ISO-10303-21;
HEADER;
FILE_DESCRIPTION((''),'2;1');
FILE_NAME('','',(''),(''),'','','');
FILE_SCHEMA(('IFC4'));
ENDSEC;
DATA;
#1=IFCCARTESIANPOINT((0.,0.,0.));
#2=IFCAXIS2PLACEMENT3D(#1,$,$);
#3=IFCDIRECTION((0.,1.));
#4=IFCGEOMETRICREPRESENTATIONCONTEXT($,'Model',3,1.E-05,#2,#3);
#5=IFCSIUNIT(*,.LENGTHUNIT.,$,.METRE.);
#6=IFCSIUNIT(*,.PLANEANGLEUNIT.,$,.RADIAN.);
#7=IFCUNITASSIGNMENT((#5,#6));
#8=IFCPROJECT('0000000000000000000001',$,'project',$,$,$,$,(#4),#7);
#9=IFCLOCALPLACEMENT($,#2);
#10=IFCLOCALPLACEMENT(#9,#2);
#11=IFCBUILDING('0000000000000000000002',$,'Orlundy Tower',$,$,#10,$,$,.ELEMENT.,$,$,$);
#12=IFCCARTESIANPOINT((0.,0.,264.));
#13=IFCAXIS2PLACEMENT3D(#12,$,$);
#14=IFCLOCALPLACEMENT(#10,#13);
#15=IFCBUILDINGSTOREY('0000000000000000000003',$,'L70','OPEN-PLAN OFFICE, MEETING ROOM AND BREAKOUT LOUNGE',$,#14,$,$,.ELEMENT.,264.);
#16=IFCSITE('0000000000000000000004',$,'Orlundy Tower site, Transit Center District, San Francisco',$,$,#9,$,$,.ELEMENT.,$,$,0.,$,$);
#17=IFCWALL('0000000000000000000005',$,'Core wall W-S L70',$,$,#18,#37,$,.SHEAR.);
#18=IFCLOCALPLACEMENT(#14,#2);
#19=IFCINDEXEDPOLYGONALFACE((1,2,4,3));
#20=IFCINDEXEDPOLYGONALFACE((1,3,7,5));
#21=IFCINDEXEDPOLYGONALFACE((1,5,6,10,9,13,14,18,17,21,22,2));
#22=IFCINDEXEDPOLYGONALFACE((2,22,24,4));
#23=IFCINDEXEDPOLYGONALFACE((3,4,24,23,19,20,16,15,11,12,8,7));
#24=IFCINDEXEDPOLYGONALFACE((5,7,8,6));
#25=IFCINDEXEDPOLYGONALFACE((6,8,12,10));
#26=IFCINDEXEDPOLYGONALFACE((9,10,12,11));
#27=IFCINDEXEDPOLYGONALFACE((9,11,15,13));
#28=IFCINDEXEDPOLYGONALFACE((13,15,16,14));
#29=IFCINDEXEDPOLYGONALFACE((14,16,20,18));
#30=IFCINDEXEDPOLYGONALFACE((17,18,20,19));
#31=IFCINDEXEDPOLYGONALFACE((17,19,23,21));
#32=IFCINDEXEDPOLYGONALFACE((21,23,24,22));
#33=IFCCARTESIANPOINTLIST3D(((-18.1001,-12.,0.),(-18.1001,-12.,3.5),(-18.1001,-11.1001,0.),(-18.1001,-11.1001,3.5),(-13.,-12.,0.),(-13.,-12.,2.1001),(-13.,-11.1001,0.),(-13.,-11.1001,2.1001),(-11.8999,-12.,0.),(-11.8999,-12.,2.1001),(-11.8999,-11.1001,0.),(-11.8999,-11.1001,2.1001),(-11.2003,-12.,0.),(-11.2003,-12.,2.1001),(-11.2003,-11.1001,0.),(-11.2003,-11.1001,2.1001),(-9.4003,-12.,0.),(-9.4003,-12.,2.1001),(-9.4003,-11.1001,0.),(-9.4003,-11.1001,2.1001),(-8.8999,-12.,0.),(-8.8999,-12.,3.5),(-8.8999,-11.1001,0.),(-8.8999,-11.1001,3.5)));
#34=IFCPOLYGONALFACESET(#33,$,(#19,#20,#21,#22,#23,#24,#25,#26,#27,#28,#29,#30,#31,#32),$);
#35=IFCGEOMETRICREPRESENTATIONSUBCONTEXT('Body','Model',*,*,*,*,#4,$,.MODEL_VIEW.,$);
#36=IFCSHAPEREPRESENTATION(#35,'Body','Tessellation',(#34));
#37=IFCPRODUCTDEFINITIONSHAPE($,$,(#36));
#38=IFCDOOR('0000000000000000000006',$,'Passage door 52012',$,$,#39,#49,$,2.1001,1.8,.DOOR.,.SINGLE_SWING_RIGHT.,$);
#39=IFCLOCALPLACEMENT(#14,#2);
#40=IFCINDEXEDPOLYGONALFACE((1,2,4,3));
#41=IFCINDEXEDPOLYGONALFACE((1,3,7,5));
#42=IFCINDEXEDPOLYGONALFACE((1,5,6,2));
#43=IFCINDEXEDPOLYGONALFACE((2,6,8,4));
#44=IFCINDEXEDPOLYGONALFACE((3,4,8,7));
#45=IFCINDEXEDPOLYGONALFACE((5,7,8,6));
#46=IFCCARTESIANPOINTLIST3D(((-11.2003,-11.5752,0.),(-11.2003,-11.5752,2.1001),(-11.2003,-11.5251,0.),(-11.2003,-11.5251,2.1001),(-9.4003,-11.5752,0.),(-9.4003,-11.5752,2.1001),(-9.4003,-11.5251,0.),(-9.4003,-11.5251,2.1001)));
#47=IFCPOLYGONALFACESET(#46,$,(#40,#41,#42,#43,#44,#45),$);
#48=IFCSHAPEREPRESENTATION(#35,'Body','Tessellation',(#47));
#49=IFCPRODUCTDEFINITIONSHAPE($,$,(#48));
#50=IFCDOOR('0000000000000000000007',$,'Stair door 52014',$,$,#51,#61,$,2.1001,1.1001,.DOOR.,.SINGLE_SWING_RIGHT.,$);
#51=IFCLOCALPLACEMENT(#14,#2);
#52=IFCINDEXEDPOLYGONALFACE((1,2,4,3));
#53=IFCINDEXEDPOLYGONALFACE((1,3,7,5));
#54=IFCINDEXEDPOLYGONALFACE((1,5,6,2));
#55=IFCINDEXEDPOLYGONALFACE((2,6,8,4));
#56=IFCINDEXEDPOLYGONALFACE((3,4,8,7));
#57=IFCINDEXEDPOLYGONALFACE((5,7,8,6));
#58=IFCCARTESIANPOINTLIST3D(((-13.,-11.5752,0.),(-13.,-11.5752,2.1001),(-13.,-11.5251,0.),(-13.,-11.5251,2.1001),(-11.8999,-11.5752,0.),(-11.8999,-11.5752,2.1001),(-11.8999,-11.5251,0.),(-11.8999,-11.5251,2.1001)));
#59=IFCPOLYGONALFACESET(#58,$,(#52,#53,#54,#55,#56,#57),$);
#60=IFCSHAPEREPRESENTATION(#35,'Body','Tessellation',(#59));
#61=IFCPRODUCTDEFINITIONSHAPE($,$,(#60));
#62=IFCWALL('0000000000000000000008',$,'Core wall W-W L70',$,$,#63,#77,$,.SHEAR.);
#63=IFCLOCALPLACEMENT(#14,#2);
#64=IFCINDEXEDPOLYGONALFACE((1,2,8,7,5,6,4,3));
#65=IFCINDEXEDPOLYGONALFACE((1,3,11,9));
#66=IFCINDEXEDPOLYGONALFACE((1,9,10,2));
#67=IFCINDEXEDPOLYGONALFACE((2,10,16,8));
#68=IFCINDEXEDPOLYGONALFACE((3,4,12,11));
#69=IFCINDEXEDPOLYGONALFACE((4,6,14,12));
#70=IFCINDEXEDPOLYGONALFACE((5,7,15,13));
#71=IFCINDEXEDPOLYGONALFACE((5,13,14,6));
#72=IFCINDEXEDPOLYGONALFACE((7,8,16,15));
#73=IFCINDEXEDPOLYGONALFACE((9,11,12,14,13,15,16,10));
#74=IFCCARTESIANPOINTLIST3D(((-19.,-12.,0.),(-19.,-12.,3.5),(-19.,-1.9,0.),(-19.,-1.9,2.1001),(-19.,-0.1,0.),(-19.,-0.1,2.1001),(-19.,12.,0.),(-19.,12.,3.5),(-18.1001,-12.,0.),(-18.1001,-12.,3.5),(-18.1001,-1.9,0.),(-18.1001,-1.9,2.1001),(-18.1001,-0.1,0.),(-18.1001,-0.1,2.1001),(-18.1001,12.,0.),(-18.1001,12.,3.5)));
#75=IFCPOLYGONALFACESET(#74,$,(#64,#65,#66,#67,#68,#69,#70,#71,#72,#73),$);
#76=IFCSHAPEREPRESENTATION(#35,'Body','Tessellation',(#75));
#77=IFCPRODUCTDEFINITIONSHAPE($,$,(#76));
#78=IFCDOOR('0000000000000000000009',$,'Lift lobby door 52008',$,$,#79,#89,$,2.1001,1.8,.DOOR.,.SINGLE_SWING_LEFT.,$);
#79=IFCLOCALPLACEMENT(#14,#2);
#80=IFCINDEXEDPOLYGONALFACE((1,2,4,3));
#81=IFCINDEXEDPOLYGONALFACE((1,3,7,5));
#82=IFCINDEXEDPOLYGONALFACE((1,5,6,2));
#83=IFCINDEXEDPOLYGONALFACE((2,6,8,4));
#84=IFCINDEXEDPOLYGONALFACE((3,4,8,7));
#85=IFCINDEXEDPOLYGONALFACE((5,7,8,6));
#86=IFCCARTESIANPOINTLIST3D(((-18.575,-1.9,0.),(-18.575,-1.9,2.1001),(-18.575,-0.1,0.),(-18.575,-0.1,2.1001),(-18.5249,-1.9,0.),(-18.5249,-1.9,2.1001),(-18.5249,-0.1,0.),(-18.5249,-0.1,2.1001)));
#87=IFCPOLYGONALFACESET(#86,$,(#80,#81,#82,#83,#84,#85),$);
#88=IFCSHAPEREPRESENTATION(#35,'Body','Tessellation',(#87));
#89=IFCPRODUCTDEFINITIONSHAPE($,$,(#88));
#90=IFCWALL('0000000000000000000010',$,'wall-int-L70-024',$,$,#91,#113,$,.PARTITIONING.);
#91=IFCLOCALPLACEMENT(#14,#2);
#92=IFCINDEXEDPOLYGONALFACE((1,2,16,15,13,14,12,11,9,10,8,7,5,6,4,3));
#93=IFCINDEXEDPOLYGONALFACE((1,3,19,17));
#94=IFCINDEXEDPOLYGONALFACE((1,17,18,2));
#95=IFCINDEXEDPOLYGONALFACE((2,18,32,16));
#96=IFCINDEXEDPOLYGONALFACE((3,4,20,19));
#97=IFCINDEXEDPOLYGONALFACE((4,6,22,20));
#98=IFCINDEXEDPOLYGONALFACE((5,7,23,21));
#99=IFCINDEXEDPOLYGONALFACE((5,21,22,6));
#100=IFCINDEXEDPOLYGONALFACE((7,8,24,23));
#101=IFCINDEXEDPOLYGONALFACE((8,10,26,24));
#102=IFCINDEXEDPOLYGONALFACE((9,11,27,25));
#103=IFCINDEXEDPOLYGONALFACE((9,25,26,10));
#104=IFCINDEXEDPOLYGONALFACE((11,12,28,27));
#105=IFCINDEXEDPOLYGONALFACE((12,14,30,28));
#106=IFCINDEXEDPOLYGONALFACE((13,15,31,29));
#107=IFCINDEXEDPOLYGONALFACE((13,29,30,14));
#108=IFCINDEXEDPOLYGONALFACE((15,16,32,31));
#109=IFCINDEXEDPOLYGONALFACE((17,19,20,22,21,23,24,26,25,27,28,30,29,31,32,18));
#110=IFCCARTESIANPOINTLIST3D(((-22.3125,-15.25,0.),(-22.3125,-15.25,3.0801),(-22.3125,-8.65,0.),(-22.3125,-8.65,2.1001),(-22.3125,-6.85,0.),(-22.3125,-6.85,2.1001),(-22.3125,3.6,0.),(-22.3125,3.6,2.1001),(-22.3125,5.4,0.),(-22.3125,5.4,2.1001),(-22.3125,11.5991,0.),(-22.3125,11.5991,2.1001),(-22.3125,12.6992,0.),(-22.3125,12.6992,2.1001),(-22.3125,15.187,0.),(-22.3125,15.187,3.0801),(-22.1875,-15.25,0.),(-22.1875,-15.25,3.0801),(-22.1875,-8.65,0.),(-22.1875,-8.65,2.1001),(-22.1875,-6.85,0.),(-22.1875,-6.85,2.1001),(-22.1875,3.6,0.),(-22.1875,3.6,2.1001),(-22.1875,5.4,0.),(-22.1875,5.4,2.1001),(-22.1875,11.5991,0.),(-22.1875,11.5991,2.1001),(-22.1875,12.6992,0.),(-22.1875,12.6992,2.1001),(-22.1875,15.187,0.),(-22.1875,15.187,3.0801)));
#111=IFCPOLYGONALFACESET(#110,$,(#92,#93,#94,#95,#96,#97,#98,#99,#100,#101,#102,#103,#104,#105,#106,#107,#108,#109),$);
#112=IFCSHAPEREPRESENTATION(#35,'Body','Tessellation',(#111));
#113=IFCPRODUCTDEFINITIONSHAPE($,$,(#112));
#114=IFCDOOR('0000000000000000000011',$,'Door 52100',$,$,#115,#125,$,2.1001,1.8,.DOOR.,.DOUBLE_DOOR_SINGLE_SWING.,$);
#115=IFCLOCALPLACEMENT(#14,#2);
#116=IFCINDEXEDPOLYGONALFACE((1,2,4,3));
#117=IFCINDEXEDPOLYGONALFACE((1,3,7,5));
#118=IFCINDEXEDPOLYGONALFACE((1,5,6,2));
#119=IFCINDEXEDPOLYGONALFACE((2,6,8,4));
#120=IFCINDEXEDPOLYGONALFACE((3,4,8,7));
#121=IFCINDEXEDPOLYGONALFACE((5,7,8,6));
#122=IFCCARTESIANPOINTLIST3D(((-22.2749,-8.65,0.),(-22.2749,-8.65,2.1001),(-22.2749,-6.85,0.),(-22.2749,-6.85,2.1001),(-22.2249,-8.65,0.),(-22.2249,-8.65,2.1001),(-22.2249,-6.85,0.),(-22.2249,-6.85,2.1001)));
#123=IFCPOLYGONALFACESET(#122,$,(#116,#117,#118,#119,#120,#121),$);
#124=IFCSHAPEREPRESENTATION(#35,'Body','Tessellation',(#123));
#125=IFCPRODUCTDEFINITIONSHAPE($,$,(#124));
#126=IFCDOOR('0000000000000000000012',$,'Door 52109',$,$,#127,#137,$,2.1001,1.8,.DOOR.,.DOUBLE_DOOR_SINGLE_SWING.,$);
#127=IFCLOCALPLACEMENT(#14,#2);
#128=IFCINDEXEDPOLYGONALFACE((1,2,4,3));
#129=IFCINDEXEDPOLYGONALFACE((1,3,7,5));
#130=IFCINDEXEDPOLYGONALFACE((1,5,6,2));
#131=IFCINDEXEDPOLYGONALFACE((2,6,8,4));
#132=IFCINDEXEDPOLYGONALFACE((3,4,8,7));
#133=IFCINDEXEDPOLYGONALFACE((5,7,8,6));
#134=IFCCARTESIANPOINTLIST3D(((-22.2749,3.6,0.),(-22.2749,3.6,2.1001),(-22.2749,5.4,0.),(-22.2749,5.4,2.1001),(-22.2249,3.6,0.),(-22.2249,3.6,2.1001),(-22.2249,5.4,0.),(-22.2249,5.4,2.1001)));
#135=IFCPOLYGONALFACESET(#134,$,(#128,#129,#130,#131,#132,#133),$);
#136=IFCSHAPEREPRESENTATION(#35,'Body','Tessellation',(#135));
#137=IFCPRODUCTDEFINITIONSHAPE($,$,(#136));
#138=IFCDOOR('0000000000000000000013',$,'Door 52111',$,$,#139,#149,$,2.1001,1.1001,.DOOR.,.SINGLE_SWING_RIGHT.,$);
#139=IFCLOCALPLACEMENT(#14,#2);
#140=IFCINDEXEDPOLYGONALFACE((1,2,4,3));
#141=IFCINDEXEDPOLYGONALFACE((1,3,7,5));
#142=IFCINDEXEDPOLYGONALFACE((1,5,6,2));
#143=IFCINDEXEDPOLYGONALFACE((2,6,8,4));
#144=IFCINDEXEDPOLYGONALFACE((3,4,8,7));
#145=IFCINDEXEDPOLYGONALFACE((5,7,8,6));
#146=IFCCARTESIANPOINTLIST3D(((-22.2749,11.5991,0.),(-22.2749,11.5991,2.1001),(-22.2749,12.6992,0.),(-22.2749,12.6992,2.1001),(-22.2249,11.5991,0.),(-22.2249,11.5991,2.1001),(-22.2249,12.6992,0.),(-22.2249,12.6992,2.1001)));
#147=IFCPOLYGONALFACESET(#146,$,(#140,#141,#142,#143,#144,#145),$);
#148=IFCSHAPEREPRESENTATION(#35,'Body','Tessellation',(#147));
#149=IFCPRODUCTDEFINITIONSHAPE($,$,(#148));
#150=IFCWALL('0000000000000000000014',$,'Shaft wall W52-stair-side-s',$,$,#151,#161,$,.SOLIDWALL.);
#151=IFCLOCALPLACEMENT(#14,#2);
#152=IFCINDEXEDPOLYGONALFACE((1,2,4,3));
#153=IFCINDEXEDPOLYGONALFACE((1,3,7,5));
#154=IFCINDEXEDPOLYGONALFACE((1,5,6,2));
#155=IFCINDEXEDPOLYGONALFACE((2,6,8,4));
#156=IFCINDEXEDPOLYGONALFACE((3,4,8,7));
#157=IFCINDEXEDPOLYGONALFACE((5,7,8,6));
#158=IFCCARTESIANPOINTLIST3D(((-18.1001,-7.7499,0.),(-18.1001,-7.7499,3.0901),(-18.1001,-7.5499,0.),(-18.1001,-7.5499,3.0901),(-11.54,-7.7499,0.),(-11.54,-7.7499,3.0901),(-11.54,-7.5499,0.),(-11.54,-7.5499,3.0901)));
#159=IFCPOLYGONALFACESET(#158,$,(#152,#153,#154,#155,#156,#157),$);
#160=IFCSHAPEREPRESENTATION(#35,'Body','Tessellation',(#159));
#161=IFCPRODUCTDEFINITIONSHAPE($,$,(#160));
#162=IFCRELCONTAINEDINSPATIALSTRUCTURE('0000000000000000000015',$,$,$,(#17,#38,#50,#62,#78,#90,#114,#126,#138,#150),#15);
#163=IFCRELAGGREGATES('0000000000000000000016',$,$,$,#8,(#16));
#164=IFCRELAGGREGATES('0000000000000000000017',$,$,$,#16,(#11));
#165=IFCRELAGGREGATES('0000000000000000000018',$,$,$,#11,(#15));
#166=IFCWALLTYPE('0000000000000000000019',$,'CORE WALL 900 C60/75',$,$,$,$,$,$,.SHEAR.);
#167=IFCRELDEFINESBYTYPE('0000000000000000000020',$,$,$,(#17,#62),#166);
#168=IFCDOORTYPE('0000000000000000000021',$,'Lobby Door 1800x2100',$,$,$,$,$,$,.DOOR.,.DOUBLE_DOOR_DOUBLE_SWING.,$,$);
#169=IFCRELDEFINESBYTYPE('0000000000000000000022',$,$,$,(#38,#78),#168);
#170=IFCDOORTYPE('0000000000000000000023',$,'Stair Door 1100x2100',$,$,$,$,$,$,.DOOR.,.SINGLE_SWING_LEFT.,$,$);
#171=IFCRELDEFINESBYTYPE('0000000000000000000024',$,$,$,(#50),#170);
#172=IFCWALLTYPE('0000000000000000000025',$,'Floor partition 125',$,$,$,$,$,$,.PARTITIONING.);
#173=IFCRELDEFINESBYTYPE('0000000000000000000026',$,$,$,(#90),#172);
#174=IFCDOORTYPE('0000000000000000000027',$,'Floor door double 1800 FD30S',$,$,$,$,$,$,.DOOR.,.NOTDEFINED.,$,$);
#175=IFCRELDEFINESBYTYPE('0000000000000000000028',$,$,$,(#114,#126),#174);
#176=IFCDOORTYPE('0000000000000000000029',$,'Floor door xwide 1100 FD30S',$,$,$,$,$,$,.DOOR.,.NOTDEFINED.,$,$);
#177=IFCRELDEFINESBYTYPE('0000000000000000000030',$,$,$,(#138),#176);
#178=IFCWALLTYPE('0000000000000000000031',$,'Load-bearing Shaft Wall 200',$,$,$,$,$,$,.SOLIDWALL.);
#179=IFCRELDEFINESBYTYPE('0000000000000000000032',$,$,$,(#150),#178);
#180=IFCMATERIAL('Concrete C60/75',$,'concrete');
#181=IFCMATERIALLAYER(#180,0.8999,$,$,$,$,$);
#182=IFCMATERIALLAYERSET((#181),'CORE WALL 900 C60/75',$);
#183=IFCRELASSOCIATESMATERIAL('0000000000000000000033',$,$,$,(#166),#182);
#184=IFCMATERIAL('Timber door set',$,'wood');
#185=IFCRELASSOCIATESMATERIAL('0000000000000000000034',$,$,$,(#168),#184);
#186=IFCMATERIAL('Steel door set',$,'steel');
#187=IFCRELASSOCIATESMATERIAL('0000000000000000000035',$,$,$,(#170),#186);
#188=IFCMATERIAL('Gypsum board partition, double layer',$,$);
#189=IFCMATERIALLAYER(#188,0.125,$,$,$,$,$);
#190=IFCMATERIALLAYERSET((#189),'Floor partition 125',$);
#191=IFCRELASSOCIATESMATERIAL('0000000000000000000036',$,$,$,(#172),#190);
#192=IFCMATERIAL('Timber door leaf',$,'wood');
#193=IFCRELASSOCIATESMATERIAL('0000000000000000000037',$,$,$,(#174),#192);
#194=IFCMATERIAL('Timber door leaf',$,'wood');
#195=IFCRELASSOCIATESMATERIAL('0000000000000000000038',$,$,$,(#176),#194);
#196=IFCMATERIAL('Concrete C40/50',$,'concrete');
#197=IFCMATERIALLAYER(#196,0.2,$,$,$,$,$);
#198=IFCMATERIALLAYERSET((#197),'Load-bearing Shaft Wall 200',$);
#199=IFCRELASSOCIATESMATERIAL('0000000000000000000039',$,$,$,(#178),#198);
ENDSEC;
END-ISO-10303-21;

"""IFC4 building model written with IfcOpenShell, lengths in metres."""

from ifc_helpers import new_model, si_unit, direction, frame, frame_2d, origin, place, context, subcontext, project, spatial, rectangle, extrude, material, layer, layer_set, type_object, element, fill, save


model = new_model("IFC4")

# Units and contexts
model_context = context("Model", 3, precision=1e-05, world=origin(), true_north=direction((0.0, 1.0)))
body_context = subcontext(model_context, "Body", "Model", "MODEL_VIEW")
ifc_project = project(units=[si_unit("LENGTHUNIT", "METRE"), si_unit("PLANEANGLEUNIT", "RADIAN")], contexts=[model_context])

# Site, building, storey
site_placement = place(None, origin())
site = spatial("IfcSite", under=ifc_project, at=site_placement, Name="Orlundy Tower site, Transit Center District, San Francisco", CompositionType="ELEMENT", RefElevation=0.0)
building_placement = place(site_placement, origin())
building = spatial("IfcBuilding", under=site, at=building_placement, Name="Orlundy Tower", CompositionType="ELEMENT")
storey_placement = place(building_placement, frame((0.0, 0.0, 264.0)))
storey = spatial("IfcBuildingStorey", under=building, at=storey_placement, Name="L70", Description="OPEN-PLAN OFFICE, MEETING ROOM AND BREAKOUT LOUNGE", CompositionType="ELEMENT", Elevation=264.0)

# Wall, openings, doors
ifc_material_1 = material(Name="Concrete C60/75", Category="concrete")
ifc_layer_1 = layer(ifc_material_1, 0.8999)
ifc_layer_set_1 = layer_set([ifc_layer_1], Name="CORE WALL 900 C60/75")
wall_type_1 = type_object("IfcWallType", Name="CORE WALL 900 C60/75", PredefinedType="SHEAR", material=ifc_layer_set_1)
wall_1_placement = place(storey_placement, frame((-18.1001, -11.55, 0.0), z_axis=(0.0, 0.0, 1.0), x_axis=(1.0, 0.0, 0.0)))
wall_1 = element("IfcWall", 1, at=wall_1_placement, inside=storey, type_object=wall_type_1, Name="Core wall W-S L70", PredefinedType="SHEAR", context=body_context, shape_type="SweptSolid", body=[
    extrude(rectangle(XDim=9.2002, YDim=0.8999, at=frame_2d((4.6001, 0.0))), origin(), (0.0, 0.0, 1.0), 3.5),
])
opening_1_placement = place(wall_1_placement, frame((6.8999, 0.0, 0.0)))
opening_1 = element("IfcOpeningElement", 2, at=opening_1_placement, cuts=wall_1, PredefinedType="OPENING", context=body_context, shape_type="SweptSolid", body=[
    extrude(rectangle(XDim=1.8, YDim=2.1001, at=frame_2d((0.8999, 1.05))), frame((0.0, 0.46, 0.0), z_axis=(0.0, -1.0, 0.0), x_axis=(1.0, 0.0, 0.0)), (0.0, 0.0, 1.0), 0.9199),
])
opening_2_placement = place(wall_1_placement, frame((5.1001, 0.0, 0.0)))
opening_2 = element("IfcOpeningElement", 3, at=opening_2_placement, cuts=wall_1, PredefinedType="OPENING", context=body_context, shape_type="SweptSolid", body=[
    extrude(rectangle(XDim=1.1001, YDim=2.1001, at=frame_2d((0.55, 1.05))), frame((0.0, 0.46, 0.0), z_axis=(0.0, -1.0, 0.0), x_axis=(1.0, 0.0, 0.0)), (0.0, 0.0, 1.0), 0.9199),
])
ifc_material_2 = material(Name="Timber door set", Category="wood")
door_type_1 = type_object("IfcDoorType", Name="Lobby Door 1800x2100", OperationType="DOUBLE_DOOR_DOUBLE_SWING", PredefinedType="DOOR", material=ifc_material_2)
door_1_placement = place(opening_1_placement, origin())
door_1 = element("IfcDoor", 4, at=door_1_placement, inside=storey, type_object=door_type_1, Name="Passage door 52012", OperationType="SINGLE_SWING_RIGHT", OverallHeight=2.1001, OverallWidth=1.8, PredefinedType="DOOR", context=body_context, shape_type="SweptSolid", body=[
    extrude(rectangle(XDim=1.8, YDim=2.1001, at=frame_2d((0.8999, 1.05))), frame((0.0, 0.0249, 0.0), z_axis=(0.0, -1.0, 0.0), x_axis=(1.0, 0.0, 0.0)), (0.0, 0.0, 1.0), 0.05),
])
fill(opening_1, door_1)
ifc_material_3 = material(Name="Steel door set", Category="steel")
door_type_2 = type_object("IfcDoorType", Name="Stair Door 1100x2100", OperationType="SINGLE_SWING_LEFT", PredefinedType="DOOR", material=ifc_material_3)
door_2_placement = place(opening_2_placement, origin())
door_2 = element("IfcDoor", 5, at=door_2_placement, inside=storey, type_object=door_type_2, Name="Stair door 52014", OperationType="SINGLE_SWING_RIGHT", OverallHeight=2.1001, OverallWidth=1.1001, PredefinedType="DOOR", context=body_context, shape_type="SweptSolid", body=[
    extrude(rectangle(XDim=1.1001, YDim=2.1001, at=frame_2d((0.55, 1.05))), frame((0.0, 0.0249, 0.0), z_axis=(0.0, -1.0, 0.0), x_axis=(1.0, 0.0, 0.0)), (0.0, 0.0, 1.0), 0.05),
])
fill(opening_2, door_2)

# Wall, opening, door
wall_2_placement = place(storey_placement, frame((-18.55, -12.0, 0.0), z_axis=(0.0, 0.0, 1.0), x_axis=(0.0, 1.0, 0.0)))
wall_2 = element("IfcWall", 6, at=wall_2_placement, inside=storey, type_object=wall_type_1, Name="Core wall W-W L70", PredefinedType="SHEAR", context=body_context, shape_type="SweptSolid", body=[
    extrude(rectangle(XDim=24.0, YDim=0.8999, at=frame_2d((12.0, 0.0))), origin(), (0.0, 0.0, 1.0), 3.5),
])
opening_3_placement = place(wall_2_placement, frame((10.1001, 0.0, 0.0)))
opening_3 = element("IfcOpeningElement", 7, at=opening_3_placement, cuts=wall_2, PredefinedType="OPENING", context=body_context, shape_type="SweptSolid", body=[
    extrude(rectangle(XDim=1.8, YDim=2.1001, at=frame_2d((0.8999, 1.05))), frame((0.0, 0.46, 0.0), z_axis=(0.0, -1.0, 0.0), x_axis=(1.0, 0.0, 0.0)), (0.0, 0.0, 1.0), 0.9199),
])
door_3_placement = place(opening_3_placement, origin())
door_3 = element("IfcDoor", 8, at=door_3_placement, inside=storey, type_object=door_type_1, Name="Lift lobby door 52008", OperationType="SINGLE_SWING_LEFT", OverallHeight=2.1001, OverallWidth=1.8, PredefinedType="DOOR", context=body_context, shape_type="SweptSolid", body=[
    extrude(rectangle(XDim=1.8, YDim=2.1001, at=frame_2d((0.8999, 1.05))), frame((0.0, 0.0249, 0.0), z_axis=(0.0, -1.0, 0.0), x_axis=(1.0, 0.0, 0.0)), (0.0, 0.0, 1.0), 0.05),
])
fill(opening_3, door_3)

# Wall, openings, doors
ifc_material_4 = material(Name="Gypsum board partition, double layer")
ifc_layer_2 = layer(ifc_material_4, 0.125)
ifc_layer_set_2 = layer_set([ifc_layer_2], Name="Floor partition 125")
wall_type_2 = type_object("IfcWallType", Name="Floor partition 125", PredefinedType="PARTITIONING", material=ifc_layer_set_2)
wall_3_placement = place(storey_placement, frame((-22.25, -15.25, 0.0), z_axis=(0.0, 0.0, 1.0), x_axis=(0.0, 1.0, 0.0)))
wall_3 = element("IfcWall", 9, at=wall_3_placement, inside=storey, type_object=wall_type_2, Name="wall-int-L70-024", PredefinedType="PARTITIONING", context=body_context, shape_type="SweptSolid", body=[
    extrude(rectangle(XDim=30.437, YDim=0.125, at=frame_2d((15.2185, 0.0))), origin(), (0.0, 0.0, 1.0), 3.0801),
])
opening_4_placement = place(wall_3_placement, frame((6.6001, 0.0, 0.0)))
opening_4 = element("IfcOpeningElement", 10, at=opening_4_placement, cuts=wall_3, PredefinedType="OPENING", context=body_context, shape_type="SweptSolid", body=[
    extrude(rectangle(XDim=1.8, YDim=2.1001, at=frame_2d((0.8999, 1.05))), frame((0.0, 0.0725, 0.0), z_axis=(0.0, -1.0, 0.0), x_axis=(1.0, 0.0, 0.0)), (0.0, 0.0, 1.0), 0.145),
])
opening_5_placement = place(wall_3_placement, frame((18.8501, 0.0, 0.0)))
opening_5 = element("IfcOpeningElement", 11, at=opening_5_placement, cuts=wall_3, PredefinedType="OPENING", context=body_context, shape_type="SweptSolid", body=[
    extrude(rectangle(XDim=1.8, YDim=2.1001, at=frame_2d((0.8999, 1.05))), frame((0.0, 0.0725, 0.0), z_axis=(0.0, -1.0, 0.0), x_axis=(1.0, 0.0, 0.0)), (0.0, 0.0, 1.0), 0.145),
])
opening_6_placement = place(wall_3_placement, frame((26.8491, 0.0, 0.0)))
opening_6 = element("IfcOpeningElement", 12, at=opening_6_placement, cuts=wall_3, PredefinedType="OPENING", context=body_context, shape_type="SweptSolid", body=[
    extrude(rectangle(XDim=1.1001, YDim=2.1001, at=frame_2d((0.55, 1.05))), frame((0.0, 0.0725, 0.0), z_axis=(0.0, -1.0, 0.0), x_axis=(1.0, 0.0, 0.0)), (0.0, 0.0, 1.0), 0.145),
])
ifc_material_5 = material(Name="Timber door leaf", Category="wood")
door_type_3 = type_object("IfcDoorType", Name="Floor door double 1800 FD30S", OperationType="NOTDEFINED", PredefinedType="DOOR", material=ifc_material_5)
door_4_placement = place(opening_4_placement, origin())
door_4 = element("IfcDoor", 13, at=door_4_placement, inside=storey, type_object=door_type_3, Name="Door 52100", OperationType="DOUBLE_DOOR_SINGLE_SWING", OverallHeight=2.1001, OverallWidth=1.8, PredefinedType="DOOR", context=body_context, shape_type="SweptSolid", body=[
    extrude(rectangle(XDim=1.8, YDim=2.1001, at=frame_2d((0.8999, 1.05))), frame((0.0, 0.0249, 0.0), z_axis=(0.0, -1.0, 0.0), x_axis=(1.0, 0.0, 0.0)), (0.0, 0.0, 1.0), 0.05),
])
fill(opening_4, door_4)
door_5_placement = place(opening_5_placement, origin())
door_5 = element("IfcDoor", 14, at=door_5_placement, inside=storey, type_object=door_type_3, Name="Door 52109", OperationType="DOUBLE_DOOR_SINGLE_SWING", OverallHeight=2.1001, OverallWidth=1.8, PredefinedType="DOOR", context=body_context, shape_type="SweptSolid", body=[
    extrude(rectangle(XDim=1.8, YDim=2.1001, at=frame_2d((0.8999, 1.05))), frame((0.0, 0.0249, 0.0), z_axis=(0.0, -1.0, 0.0), x_axis=(1.0, 0.0, 0.0)), (0.0, 0.0, 1.0), 0.05),
])
fill(opening_5, door_5)
ifc_material_6 = material(Name="Timber door leaf", Category="wood")
door_type_4 = type_object("IfcDoorType", Name="Floor door xwide 1100 FD30S", OperationType="NOTDEFINED", PredefinedType="DOOR", material=ifc_material_6)
door_6_placement = place(opening_6_placement, origin())
door_6 = element("IfcDoor", 15, at=door_6_placement, inside=storey, type_object=door_type_4, Name="Door 52111", OperationType="SINGLE_SWING_RIGHT", OverallHeight=2.1001, OverallWidth=1.1001, PredefinedType="DOOR", context=body_context, shape_type="SweptSolid", body=[
    extrude(rectangle(XDim=1.1001, YDim=2.1001, at=frame_2d((0.55, 1.05))), frame((0.0, 0.0249, 0.0), z_axis=(0.0, -1.0, 0.0), x_axis=(1.0, 0.0, 0.0)), (0.0, 0.0, 1.0), 0.05),
])
fill(opening_6, door_6)

# Wall
ifc_material_7 = material(Name="Concrete C40/50", Category="concrete")
ifc_layer_3 = layer(ifc_material_7, 0.2)
ifc_layer_set_3 = layer_set([ifc_layer_3], Name="Load-bearing Shaft Wall 200")
wall_type_3 = type_object("IfcWallType", Name="Load-bearing Shaft Wall 200", PredefinedType="SOLIDWALL", material=ifc_layer_set_3)
wall_4_placement = place(storey_placement, frame((-11.54, -7.6499, 0.0), z_axis=(0.0, 0.0, 1.0), x_axis=(-1.0, 0.0, 0.0)))
element("IfcWall", 16, at=wall_4_placement, inside=storey, type_object=wall_type_3, Name="Shaft wall W52-stair-side-s", PredefinedType="SOLIDWALL", context=body_context, shape_type="SweptSolid", body=[
    extrude(rectangle(XDim=6.5601, YDim=0.2, at=frame_2d((3.28, 0.0))), origin(), (0.0, 0.0, 1.0), 3.0901),
])

save(model, "model.ifc")
